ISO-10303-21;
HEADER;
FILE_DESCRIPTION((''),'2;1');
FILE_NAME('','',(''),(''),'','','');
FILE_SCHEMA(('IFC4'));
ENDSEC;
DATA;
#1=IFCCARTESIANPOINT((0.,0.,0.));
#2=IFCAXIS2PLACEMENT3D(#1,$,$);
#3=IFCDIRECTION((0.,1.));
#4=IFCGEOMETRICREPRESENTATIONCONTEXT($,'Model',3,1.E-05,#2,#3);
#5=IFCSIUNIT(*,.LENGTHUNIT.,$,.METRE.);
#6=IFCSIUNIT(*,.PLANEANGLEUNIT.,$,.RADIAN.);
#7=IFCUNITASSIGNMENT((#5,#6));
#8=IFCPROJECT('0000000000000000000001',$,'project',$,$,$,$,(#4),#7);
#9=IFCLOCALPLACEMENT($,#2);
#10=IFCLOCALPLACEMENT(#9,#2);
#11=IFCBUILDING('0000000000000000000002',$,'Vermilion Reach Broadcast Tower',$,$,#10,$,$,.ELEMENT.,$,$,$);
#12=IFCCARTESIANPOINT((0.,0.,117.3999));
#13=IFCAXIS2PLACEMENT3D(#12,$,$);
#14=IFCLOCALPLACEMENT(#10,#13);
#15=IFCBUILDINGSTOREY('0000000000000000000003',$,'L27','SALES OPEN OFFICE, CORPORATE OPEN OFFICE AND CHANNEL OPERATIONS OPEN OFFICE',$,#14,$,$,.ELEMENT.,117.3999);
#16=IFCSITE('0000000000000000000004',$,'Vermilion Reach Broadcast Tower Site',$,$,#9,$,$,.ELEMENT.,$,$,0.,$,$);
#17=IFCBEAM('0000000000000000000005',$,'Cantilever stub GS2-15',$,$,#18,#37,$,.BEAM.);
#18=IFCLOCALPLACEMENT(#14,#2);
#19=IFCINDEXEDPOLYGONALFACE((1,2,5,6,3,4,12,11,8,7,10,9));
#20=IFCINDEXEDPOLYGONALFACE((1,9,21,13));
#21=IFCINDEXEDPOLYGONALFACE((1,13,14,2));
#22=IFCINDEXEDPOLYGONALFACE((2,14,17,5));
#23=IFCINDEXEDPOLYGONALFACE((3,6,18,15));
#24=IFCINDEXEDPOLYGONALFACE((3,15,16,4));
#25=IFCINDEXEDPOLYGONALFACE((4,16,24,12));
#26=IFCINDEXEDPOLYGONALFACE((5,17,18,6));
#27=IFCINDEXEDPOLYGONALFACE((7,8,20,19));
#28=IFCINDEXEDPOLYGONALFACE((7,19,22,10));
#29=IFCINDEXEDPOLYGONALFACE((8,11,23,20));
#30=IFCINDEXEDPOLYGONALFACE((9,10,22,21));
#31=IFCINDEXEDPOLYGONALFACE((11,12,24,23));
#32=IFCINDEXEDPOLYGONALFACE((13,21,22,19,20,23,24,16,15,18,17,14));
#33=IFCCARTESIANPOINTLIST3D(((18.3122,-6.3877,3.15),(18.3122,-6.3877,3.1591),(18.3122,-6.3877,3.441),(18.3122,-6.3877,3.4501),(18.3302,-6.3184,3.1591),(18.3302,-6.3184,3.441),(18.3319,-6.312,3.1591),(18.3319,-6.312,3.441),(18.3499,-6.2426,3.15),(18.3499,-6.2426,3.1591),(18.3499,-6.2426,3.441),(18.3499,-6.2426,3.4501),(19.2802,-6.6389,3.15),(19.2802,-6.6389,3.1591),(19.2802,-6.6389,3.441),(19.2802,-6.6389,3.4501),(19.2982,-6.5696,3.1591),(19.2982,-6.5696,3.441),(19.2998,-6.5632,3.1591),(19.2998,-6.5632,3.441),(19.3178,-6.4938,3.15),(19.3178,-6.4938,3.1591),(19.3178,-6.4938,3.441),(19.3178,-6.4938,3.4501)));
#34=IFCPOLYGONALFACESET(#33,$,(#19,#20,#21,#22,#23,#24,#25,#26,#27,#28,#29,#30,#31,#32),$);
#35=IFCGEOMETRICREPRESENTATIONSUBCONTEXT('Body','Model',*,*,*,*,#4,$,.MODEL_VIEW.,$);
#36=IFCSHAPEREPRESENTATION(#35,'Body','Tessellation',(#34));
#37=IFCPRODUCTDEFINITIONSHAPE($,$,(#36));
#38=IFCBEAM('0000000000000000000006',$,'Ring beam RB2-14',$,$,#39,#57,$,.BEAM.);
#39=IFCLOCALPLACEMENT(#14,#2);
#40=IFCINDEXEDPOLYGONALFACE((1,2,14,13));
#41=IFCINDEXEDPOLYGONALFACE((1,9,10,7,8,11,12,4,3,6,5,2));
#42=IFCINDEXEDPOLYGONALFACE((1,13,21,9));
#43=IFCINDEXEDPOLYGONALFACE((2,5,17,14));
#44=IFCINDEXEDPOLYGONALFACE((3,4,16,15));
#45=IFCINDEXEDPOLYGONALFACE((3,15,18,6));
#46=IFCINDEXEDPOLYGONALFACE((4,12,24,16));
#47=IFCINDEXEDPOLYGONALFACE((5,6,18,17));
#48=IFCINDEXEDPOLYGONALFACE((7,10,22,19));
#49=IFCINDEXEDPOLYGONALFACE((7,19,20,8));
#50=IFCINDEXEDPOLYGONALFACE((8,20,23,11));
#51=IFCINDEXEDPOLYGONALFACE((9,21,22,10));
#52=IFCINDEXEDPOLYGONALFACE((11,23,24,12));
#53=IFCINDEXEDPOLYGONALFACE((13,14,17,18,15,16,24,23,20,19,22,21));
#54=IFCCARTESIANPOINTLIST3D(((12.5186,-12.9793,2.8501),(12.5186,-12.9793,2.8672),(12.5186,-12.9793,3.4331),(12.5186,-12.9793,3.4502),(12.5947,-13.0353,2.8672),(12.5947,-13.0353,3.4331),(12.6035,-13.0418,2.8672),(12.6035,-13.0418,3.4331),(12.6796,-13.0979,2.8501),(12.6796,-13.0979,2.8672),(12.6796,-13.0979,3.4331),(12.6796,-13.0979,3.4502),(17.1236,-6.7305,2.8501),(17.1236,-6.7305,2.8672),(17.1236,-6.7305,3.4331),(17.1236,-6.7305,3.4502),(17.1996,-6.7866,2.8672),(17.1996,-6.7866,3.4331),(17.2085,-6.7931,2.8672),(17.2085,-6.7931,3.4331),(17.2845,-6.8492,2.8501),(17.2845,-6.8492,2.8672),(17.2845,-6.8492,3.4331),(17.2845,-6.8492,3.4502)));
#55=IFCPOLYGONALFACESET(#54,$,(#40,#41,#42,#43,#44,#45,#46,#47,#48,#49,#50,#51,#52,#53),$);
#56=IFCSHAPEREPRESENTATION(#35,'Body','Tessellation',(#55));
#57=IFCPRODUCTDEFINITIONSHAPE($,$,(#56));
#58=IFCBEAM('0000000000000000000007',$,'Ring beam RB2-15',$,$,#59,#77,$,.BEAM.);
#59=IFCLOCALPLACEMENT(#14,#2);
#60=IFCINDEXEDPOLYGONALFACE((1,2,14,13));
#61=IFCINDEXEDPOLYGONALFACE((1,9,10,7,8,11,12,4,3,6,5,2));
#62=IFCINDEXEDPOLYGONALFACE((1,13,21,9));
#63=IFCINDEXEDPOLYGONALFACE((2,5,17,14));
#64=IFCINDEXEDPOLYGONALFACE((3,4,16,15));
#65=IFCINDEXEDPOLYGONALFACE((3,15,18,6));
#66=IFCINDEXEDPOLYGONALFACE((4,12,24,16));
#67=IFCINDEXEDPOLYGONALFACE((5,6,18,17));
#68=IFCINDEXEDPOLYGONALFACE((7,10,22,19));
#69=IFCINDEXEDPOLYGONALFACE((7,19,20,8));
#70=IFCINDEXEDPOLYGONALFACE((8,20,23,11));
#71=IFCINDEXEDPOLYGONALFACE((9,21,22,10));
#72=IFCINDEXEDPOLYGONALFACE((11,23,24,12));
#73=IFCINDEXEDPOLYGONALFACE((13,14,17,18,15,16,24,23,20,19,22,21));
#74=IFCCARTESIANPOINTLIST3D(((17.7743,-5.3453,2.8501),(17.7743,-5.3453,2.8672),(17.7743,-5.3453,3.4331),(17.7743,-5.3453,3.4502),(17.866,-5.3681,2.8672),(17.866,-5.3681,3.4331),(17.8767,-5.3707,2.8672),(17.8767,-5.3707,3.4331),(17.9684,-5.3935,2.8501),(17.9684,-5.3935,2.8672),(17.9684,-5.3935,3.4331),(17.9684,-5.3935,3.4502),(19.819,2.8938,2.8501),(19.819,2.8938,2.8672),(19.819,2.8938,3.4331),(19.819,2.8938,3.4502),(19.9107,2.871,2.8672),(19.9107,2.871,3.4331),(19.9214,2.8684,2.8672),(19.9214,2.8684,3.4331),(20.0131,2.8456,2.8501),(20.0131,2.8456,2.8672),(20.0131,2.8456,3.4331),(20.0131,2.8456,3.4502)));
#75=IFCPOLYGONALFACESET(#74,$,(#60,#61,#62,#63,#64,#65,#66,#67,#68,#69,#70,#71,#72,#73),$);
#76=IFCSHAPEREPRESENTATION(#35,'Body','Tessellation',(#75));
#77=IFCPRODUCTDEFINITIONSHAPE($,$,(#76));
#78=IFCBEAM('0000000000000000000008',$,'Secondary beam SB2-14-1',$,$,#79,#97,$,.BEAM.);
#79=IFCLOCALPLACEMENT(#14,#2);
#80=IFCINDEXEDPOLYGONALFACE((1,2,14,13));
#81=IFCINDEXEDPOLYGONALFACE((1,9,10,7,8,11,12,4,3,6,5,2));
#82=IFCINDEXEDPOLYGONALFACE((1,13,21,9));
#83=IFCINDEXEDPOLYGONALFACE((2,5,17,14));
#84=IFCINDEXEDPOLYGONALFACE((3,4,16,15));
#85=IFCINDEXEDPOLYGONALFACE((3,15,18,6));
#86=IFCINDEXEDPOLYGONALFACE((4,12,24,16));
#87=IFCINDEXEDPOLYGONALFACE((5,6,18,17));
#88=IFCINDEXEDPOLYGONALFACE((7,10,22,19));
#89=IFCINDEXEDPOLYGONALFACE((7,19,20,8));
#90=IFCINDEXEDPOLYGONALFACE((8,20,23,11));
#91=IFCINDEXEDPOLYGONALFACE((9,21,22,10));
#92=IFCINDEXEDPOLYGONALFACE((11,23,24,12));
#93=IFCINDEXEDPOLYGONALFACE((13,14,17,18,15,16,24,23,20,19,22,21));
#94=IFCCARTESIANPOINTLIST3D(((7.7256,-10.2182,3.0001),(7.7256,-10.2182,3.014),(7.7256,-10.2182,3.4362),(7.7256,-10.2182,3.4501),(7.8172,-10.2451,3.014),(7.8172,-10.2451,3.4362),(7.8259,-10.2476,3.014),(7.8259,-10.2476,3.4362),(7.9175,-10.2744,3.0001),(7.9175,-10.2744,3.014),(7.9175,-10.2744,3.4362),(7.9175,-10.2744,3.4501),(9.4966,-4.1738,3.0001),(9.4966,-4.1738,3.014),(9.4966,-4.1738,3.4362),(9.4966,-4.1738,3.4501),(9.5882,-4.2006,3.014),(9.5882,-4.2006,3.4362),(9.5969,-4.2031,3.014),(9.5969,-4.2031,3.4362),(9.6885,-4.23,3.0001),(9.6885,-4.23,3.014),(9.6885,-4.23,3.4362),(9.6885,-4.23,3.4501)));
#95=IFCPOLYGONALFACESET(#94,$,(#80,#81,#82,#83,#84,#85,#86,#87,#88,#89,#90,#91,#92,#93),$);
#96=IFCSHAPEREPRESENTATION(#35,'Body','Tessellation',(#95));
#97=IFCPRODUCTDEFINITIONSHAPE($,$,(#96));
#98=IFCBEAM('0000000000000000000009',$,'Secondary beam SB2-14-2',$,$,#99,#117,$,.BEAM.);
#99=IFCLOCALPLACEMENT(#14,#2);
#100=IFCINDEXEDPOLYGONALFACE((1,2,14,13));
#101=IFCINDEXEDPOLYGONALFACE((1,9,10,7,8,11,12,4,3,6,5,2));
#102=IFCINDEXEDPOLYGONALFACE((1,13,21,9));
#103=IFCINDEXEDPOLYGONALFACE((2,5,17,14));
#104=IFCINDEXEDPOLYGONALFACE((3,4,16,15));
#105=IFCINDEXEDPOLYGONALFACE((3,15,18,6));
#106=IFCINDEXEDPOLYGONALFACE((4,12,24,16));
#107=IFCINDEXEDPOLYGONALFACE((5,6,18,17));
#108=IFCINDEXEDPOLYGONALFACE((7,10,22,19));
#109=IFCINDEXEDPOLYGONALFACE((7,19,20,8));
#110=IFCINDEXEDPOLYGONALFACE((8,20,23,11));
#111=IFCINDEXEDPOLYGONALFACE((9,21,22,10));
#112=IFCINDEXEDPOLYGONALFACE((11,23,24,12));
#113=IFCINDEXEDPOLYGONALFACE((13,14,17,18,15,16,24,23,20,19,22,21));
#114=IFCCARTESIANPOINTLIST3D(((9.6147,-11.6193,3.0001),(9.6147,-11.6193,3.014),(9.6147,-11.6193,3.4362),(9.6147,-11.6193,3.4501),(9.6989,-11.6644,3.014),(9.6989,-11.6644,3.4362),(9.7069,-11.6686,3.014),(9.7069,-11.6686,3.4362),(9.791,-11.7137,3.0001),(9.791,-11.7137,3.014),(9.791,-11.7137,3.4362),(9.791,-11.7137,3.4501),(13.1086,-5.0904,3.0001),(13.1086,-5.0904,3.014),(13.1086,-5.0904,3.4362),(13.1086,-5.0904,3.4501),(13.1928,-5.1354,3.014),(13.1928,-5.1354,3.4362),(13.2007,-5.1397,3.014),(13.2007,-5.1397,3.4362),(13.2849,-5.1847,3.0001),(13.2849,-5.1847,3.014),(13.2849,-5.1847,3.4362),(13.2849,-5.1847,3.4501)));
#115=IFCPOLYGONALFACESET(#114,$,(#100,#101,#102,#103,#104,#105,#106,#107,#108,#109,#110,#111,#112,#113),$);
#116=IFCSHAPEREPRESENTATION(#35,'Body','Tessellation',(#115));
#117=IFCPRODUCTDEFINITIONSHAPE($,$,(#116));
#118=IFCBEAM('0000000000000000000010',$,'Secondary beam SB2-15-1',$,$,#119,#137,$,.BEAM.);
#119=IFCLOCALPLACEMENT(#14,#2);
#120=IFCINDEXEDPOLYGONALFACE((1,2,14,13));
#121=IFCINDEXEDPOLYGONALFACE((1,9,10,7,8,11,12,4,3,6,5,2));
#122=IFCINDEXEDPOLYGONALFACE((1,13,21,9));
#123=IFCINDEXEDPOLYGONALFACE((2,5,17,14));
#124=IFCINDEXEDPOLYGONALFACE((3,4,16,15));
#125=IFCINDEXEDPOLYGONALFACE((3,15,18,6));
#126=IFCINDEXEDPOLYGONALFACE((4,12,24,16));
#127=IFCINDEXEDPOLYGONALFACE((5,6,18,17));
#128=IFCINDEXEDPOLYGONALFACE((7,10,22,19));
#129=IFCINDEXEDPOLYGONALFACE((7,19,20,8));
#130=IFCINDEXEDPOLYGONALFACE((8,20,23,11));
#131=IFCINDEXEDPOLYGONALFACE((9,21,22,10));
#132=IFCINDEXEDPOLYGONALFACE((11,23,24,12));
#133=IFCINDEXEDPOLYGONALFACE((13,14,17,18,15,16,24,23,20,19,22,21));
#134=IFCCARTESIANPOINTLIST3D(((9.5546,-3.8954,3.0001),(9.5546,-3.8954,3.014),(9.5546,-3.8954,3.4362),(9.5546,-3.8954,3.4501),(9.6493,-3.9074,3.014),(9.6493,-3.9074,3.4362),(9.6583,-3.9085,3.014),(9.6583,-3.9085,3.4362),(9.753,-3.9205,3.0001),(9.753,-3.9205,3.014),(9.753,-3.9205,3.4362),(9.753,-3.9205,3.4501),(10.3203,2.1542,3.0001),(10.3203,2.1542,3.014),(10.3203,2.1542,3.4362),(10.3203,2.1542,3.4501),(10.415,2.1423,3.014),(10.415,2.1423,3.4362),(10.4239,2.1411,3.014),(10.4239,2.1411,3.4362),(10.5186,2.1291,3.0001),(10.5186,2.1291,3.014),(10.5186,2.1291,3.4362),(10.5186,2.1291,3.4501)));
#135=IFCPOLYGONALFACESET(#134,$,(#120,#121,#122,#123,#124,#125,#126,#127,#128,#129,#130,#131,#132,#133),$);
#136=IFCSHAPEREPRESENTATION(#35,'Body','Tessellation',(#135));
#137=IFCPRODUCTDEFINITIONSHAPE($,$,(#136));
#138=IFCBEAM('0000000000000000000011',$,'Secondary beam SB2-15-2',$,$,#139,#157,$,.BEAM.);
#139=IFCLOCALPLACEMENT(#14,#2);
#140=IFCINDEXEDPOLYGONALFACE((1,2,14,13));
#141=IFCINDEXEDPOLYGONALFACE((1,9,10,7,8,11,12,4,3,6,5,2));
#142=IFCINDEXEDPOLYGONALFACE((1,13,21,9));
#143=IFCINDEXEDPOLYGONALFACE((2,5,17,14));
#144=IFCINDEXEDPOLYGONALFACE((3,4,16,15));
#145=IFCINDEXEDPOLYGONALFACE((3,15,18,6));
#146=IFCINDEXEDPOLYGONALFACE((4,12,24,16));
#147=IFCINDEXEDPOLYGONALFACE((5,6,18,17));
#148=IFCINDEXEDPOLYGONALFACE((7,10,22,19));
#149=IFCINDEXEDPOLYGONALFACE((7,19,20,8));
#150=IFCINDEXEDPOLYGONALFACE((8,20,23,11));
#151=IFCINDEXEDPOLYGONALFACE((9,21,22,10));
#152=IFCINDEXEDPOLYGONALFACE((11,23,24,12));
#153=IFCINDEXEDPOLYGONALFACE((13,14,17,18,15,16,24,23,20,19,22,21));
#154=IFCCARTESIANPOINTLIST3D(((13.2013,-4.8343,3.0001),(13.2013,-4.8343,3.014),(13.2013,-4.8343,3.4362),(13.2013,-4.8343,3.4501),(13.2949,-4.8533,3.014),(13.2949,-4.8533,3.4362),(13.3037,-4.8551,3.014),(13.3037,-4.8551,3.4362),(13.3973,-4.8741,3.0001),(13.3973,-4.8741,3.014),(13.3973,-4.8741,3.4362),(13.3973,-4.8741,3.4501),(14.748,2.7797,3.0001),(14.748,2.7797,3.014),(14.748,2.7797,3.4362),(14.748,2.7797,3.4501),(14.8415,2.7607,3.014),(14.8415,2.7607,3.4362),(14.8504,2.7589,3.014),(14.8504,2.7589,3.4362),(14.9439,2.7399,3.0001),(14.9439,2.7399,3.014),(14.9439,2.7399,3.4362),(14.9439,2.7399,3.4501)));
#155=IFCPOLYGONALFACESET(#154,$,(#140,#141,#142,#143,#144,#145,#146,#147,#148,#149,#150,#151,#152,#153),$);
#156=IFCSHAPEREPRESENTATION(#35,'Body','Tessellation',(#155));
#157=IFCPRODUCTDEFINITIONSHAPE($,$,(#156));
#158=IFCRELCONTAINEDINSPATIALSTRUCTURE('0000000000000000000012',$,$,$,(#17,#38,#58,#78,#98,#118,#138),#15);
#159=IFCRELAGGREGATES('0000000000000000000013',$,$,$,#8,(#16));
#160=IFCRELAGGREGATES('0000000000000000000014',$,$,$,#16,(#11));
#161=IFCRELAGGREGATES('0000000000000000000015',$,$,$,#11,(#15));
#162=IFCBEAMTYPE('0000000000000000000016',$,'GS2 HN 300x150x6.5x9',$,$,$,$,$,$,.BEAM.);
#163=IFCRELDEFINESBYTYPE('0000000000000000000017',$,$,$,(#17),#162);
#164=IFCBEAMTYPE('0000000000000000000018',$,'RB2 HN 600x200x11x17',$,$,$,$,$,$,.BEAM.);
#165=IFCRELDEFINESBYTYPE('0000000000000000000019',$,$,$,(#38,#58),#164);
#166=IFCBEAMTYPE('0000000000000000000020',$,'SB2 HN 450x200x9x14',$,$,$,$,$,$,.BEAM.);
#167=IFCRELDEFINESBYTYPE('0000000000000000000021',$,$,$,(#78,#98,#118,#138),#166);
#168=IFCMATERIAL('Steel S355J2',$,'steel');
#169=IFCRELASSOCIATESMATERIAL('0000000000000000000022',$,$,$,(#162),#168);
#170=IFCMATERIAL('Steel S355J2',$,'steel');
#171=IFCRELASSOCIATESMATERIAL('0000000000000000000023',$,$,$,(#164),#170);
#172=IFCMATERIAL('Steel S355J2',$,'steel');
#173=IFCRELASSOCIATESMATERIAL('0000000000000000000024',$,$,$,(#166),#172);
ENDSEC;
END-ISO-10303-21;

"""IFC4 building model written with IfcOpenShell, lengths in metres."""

from ifc_helpers import new_model, si_unit, direction, frame, origin, origin_2d, place, context, subcontext, project, spatial, i_section, extrude, material, material_profile, profile_set, type_object, element, save


model = new_model("IFC4")

# Units and contexts
model_context = context("Model", 3, precision=1e-05, world=origin(), true_north=direction((0.0, 1.0)))
body_context = subcontext(model_context, "Body", "Model", "MODEL_VIEW")
ifc_project = project(units=[si_unit("LENGTHUNIT", "METRE"), si_unit("PLANEANGLEUNIT", "RADIAN")], contexts=[model_context])

# Site, building, storey
site_placement = place(None, origin())
site = spatial("IfcSite", under=ifc_project, at=site_placement, Name="Vermilion Reach Broadcast Tower Site", CompositionType="ELEMENT", RefElevation=0.0)
building_placement = place(site_placement, origin())
building = spatial("IfcBuilding", under=site, at=building_placement, Name="Vermilion Reach Broadcast Tower", CompositionType="ELEMENT")
storey_placement = place(building_placement, frame((0.0, 0.0, 117.3999)))
storey = spatial("IfcBuildingStorey", under=building, at=storey_placement, Name="L27", Description="SALES OPEN OFFICE, CORPORATE OPEN OFFICE AND CHANNEL OPERATIONS OPEN OFFICE", CompositionType="ELEMENT", Elevation=117.3999)

# Beams
ifc_material_1 = material(Name="Steel S355J2", Category="steel")
ifc_material_profile_1 = material_profile(ifc_material_1, i_section(OverallWidth=0.1499, OverallDepth=0.3, WebThickness=0.0066, FlangeThickness=0.009, at=origin_2d()), Name="S355J2 HN 300x150x6.5x9")
ifc_profile_set_1 = profile_set([ifc_material_profile_1], Name="Steel S355J2")
beam_type_1 = type_object("IfcBeamType", Name="GS2 HN 300x150x6.5x9", PredefinedType="BEAM", material=ifc_profile_set_1)
beam_1_placement = place(storey_placement, frame((18.3311, -6.3152, 3.3), z_axis=(0.967935, -0.251199, 0.0), x_axis=(0.251199, 0.967935, 0.0)))
element("IfcBeam", 1, at=beam_1_placement, inside=storey, type_object=beam_type_1, Name="Cantilever stub GS2-15", PredefinedType="BEAM", context=body_context, shape_type="SweptSolid", body=[
    extrude(i_section(OverallWidth=0.1499, OverallDepth=0.3, WebThickness=0.0066, FlangeThickness=0.009, at=origin_2d()), origin(), (0.0, 0.0, 1.0), 1.0),
])
ifc_material_2 = material(Name="Steel S355J2", Category="steel")
ifc_material_profile_2 = material_profile(ifc_material_2, i_section(OverallWidth=0.2, OverallDepth=0.6001, WebThickness=0.011, FlangeThickness=0.0171, at=origin_2d()), Name="S355J2 HN 600x200x11x17")
ifc_profile_set_2 = profile_set([ifc_material_profile_2], Name="Steel S355J2")
beam_type_2 = type_object("IfcBeamType", Name="RB2 HN 600x200x11x17", PredefinedType="BEAM", material=ifc_profile_set_2)
beam_2_placement = place(storey_placement, frame((12.5991, -13.0386, 3.1501), z_axis=(0.593251, 0.805018, 0.0), x_axis=(-0.805018, 0.593251, 0.0)))
element("IfcBeam", 2, at=beam_2_placement, inside=storey, type_object=beam_type_2, Name="Ring beam RB2-14", PredefinedType="BEAM", context=body_context, shape_type="SweptSolid", body=[
    extrude(i_section(OverallWidth=0.2, OverallDepth=0.6001, WebThickness=0.011, FlangeThickness=0.0171, at=origin_2d()), origin(), (0.0, 0.0, 1.0), 7.7622),
])
beam_3_placement = place(storey_placement, frame((17.8713, -5.3694, 3.1501), z_axis=(0.240864, 0.970559, 0.0), x_axis=(-0.970559, 0.240864, 0.0)))
element("IfcBeam", 3, at=beam_3_placement, inside=storey, type_object=beam_type_2, Name="Ring beam RB2-15", PredefinedType="BEAM", context=body_context, shape_type="SweptSolid", body=[
    extrude(i_section(OverallWidth=0.2, OverallDepth=0.6001, WebThickness=0.011, FlangeThickness=0.0171, at=origin_2d()), origin(), (0.0, 0.0, 1.0), 8.489),
])
ifc_material_3 = material(Name="Steel S355J2", Category="steel")
ifc_material_profile_3 = material_profile(ifc_material_3, i_section(OverallWidth=0.2, OverallDepth=0.45, WebThickness=0.009, FlangeThickness=0.0139, at=origin_2d()), Name="S355J2 HN 450x200x9x14")
ifc_profile_set_3 = profile_set([ifc_material_profile_3], Name="Steel S355J2")
beam_type_3 = type_object("IfcBeamType", Name="SB2 HN 450x200x9x14", PredefinedType="BEAM", material=ifc_profile_set_3)
beam_4_placement = place(storey_placement, frame((7.8215, -10.2463, 3.2251), z_axis=(0.281176, 0.959656, 0.0), x_axis=(-0.959656, 0.281176, 0.0)))
element("IfcBeam", 4, at=beam_4_placement, inside=storey, type_object=beam_type_3, Name="Secondary beam SB2-14-1", PredefinedType="BEAM", context=body_context, shape_type="SweptSolid", body=[
    extrude(i_section(OverallWidth=0.2, OverallDepth=0.45, WebThickness=0.009, FlangeThickness=0.0139, at=origin_2d()), origin(), (0.0, 0.0, 1.0), 6.2986),
])
beam_5_placement = place(storey_placement, frame((9.7029, -11.6665, 3.2251), z_axis=(0.471822, 0.881694, 0.0), x_axis=(-0.881694, 0.471822, 0.0)))
element("IfcBeam", 5, at=beam_5_placement, inside=storey, type_object=beam_type_3, Name="Secondary beam SB2-14-2", PredefinedType="BEAM", context=body_context, shape_type="SweptSolid", body=[
    extrude(i_section(OverallWidth=0.2, OverallDepth=0.45, WebThickness=0.009, FlangeThickness=0.0139, at=origin_2d()), origin(), (0.0, 0.0, 1.0), 7.405),
])
beam_6_placement = place(storey_placement, frame((9.6538, -3.908, 3.2251), z_axis=(0.125557, 0.992086, 0.0), x_axis=(-0.992086, 0.125557, 0.0)))
element("IfcBeam", 6, at=beam_6_placement, inside=storey, type_object=beam_type_3, Name="Secondary beam SB2-15-1", PredefinedType="BEAM", context=body_context, shape_type="SweptSolid", body=[
    extrude(i_section(OverallWidth=0.2, OverallDepth=0.45, WebThickness=0.009, FlangeThickness=0.0139, at=origin_2d()), origin(), (0.0, 0.0, 1.0), 6.0979),
])
beam_7_placement = place(storey_placement, frame((13.2993, -4.8542, 3.2251), z_axis=(0.199064, 0.979986, 0.0), x_axis=(-0.979986, 0.199064, 0.0)))
element("IfcBeam", 7, at=beam_7_placement, inside=storey, type_object=beam_type_3, Name="Secondary beam SB2-15-2", PredefinedType="BEAM", context=body_context, shape_type="SweptSolid", body=[
    extrude(i_section(OverallWidth=0.2, OverallDepth=0.45, WebThickness=0.009, FlangeThickness=0.0139, at=origin_2d()), origin(), (0.0, 0.0, 1.0), 7.7695),
])

save(model, "model.ifc")
